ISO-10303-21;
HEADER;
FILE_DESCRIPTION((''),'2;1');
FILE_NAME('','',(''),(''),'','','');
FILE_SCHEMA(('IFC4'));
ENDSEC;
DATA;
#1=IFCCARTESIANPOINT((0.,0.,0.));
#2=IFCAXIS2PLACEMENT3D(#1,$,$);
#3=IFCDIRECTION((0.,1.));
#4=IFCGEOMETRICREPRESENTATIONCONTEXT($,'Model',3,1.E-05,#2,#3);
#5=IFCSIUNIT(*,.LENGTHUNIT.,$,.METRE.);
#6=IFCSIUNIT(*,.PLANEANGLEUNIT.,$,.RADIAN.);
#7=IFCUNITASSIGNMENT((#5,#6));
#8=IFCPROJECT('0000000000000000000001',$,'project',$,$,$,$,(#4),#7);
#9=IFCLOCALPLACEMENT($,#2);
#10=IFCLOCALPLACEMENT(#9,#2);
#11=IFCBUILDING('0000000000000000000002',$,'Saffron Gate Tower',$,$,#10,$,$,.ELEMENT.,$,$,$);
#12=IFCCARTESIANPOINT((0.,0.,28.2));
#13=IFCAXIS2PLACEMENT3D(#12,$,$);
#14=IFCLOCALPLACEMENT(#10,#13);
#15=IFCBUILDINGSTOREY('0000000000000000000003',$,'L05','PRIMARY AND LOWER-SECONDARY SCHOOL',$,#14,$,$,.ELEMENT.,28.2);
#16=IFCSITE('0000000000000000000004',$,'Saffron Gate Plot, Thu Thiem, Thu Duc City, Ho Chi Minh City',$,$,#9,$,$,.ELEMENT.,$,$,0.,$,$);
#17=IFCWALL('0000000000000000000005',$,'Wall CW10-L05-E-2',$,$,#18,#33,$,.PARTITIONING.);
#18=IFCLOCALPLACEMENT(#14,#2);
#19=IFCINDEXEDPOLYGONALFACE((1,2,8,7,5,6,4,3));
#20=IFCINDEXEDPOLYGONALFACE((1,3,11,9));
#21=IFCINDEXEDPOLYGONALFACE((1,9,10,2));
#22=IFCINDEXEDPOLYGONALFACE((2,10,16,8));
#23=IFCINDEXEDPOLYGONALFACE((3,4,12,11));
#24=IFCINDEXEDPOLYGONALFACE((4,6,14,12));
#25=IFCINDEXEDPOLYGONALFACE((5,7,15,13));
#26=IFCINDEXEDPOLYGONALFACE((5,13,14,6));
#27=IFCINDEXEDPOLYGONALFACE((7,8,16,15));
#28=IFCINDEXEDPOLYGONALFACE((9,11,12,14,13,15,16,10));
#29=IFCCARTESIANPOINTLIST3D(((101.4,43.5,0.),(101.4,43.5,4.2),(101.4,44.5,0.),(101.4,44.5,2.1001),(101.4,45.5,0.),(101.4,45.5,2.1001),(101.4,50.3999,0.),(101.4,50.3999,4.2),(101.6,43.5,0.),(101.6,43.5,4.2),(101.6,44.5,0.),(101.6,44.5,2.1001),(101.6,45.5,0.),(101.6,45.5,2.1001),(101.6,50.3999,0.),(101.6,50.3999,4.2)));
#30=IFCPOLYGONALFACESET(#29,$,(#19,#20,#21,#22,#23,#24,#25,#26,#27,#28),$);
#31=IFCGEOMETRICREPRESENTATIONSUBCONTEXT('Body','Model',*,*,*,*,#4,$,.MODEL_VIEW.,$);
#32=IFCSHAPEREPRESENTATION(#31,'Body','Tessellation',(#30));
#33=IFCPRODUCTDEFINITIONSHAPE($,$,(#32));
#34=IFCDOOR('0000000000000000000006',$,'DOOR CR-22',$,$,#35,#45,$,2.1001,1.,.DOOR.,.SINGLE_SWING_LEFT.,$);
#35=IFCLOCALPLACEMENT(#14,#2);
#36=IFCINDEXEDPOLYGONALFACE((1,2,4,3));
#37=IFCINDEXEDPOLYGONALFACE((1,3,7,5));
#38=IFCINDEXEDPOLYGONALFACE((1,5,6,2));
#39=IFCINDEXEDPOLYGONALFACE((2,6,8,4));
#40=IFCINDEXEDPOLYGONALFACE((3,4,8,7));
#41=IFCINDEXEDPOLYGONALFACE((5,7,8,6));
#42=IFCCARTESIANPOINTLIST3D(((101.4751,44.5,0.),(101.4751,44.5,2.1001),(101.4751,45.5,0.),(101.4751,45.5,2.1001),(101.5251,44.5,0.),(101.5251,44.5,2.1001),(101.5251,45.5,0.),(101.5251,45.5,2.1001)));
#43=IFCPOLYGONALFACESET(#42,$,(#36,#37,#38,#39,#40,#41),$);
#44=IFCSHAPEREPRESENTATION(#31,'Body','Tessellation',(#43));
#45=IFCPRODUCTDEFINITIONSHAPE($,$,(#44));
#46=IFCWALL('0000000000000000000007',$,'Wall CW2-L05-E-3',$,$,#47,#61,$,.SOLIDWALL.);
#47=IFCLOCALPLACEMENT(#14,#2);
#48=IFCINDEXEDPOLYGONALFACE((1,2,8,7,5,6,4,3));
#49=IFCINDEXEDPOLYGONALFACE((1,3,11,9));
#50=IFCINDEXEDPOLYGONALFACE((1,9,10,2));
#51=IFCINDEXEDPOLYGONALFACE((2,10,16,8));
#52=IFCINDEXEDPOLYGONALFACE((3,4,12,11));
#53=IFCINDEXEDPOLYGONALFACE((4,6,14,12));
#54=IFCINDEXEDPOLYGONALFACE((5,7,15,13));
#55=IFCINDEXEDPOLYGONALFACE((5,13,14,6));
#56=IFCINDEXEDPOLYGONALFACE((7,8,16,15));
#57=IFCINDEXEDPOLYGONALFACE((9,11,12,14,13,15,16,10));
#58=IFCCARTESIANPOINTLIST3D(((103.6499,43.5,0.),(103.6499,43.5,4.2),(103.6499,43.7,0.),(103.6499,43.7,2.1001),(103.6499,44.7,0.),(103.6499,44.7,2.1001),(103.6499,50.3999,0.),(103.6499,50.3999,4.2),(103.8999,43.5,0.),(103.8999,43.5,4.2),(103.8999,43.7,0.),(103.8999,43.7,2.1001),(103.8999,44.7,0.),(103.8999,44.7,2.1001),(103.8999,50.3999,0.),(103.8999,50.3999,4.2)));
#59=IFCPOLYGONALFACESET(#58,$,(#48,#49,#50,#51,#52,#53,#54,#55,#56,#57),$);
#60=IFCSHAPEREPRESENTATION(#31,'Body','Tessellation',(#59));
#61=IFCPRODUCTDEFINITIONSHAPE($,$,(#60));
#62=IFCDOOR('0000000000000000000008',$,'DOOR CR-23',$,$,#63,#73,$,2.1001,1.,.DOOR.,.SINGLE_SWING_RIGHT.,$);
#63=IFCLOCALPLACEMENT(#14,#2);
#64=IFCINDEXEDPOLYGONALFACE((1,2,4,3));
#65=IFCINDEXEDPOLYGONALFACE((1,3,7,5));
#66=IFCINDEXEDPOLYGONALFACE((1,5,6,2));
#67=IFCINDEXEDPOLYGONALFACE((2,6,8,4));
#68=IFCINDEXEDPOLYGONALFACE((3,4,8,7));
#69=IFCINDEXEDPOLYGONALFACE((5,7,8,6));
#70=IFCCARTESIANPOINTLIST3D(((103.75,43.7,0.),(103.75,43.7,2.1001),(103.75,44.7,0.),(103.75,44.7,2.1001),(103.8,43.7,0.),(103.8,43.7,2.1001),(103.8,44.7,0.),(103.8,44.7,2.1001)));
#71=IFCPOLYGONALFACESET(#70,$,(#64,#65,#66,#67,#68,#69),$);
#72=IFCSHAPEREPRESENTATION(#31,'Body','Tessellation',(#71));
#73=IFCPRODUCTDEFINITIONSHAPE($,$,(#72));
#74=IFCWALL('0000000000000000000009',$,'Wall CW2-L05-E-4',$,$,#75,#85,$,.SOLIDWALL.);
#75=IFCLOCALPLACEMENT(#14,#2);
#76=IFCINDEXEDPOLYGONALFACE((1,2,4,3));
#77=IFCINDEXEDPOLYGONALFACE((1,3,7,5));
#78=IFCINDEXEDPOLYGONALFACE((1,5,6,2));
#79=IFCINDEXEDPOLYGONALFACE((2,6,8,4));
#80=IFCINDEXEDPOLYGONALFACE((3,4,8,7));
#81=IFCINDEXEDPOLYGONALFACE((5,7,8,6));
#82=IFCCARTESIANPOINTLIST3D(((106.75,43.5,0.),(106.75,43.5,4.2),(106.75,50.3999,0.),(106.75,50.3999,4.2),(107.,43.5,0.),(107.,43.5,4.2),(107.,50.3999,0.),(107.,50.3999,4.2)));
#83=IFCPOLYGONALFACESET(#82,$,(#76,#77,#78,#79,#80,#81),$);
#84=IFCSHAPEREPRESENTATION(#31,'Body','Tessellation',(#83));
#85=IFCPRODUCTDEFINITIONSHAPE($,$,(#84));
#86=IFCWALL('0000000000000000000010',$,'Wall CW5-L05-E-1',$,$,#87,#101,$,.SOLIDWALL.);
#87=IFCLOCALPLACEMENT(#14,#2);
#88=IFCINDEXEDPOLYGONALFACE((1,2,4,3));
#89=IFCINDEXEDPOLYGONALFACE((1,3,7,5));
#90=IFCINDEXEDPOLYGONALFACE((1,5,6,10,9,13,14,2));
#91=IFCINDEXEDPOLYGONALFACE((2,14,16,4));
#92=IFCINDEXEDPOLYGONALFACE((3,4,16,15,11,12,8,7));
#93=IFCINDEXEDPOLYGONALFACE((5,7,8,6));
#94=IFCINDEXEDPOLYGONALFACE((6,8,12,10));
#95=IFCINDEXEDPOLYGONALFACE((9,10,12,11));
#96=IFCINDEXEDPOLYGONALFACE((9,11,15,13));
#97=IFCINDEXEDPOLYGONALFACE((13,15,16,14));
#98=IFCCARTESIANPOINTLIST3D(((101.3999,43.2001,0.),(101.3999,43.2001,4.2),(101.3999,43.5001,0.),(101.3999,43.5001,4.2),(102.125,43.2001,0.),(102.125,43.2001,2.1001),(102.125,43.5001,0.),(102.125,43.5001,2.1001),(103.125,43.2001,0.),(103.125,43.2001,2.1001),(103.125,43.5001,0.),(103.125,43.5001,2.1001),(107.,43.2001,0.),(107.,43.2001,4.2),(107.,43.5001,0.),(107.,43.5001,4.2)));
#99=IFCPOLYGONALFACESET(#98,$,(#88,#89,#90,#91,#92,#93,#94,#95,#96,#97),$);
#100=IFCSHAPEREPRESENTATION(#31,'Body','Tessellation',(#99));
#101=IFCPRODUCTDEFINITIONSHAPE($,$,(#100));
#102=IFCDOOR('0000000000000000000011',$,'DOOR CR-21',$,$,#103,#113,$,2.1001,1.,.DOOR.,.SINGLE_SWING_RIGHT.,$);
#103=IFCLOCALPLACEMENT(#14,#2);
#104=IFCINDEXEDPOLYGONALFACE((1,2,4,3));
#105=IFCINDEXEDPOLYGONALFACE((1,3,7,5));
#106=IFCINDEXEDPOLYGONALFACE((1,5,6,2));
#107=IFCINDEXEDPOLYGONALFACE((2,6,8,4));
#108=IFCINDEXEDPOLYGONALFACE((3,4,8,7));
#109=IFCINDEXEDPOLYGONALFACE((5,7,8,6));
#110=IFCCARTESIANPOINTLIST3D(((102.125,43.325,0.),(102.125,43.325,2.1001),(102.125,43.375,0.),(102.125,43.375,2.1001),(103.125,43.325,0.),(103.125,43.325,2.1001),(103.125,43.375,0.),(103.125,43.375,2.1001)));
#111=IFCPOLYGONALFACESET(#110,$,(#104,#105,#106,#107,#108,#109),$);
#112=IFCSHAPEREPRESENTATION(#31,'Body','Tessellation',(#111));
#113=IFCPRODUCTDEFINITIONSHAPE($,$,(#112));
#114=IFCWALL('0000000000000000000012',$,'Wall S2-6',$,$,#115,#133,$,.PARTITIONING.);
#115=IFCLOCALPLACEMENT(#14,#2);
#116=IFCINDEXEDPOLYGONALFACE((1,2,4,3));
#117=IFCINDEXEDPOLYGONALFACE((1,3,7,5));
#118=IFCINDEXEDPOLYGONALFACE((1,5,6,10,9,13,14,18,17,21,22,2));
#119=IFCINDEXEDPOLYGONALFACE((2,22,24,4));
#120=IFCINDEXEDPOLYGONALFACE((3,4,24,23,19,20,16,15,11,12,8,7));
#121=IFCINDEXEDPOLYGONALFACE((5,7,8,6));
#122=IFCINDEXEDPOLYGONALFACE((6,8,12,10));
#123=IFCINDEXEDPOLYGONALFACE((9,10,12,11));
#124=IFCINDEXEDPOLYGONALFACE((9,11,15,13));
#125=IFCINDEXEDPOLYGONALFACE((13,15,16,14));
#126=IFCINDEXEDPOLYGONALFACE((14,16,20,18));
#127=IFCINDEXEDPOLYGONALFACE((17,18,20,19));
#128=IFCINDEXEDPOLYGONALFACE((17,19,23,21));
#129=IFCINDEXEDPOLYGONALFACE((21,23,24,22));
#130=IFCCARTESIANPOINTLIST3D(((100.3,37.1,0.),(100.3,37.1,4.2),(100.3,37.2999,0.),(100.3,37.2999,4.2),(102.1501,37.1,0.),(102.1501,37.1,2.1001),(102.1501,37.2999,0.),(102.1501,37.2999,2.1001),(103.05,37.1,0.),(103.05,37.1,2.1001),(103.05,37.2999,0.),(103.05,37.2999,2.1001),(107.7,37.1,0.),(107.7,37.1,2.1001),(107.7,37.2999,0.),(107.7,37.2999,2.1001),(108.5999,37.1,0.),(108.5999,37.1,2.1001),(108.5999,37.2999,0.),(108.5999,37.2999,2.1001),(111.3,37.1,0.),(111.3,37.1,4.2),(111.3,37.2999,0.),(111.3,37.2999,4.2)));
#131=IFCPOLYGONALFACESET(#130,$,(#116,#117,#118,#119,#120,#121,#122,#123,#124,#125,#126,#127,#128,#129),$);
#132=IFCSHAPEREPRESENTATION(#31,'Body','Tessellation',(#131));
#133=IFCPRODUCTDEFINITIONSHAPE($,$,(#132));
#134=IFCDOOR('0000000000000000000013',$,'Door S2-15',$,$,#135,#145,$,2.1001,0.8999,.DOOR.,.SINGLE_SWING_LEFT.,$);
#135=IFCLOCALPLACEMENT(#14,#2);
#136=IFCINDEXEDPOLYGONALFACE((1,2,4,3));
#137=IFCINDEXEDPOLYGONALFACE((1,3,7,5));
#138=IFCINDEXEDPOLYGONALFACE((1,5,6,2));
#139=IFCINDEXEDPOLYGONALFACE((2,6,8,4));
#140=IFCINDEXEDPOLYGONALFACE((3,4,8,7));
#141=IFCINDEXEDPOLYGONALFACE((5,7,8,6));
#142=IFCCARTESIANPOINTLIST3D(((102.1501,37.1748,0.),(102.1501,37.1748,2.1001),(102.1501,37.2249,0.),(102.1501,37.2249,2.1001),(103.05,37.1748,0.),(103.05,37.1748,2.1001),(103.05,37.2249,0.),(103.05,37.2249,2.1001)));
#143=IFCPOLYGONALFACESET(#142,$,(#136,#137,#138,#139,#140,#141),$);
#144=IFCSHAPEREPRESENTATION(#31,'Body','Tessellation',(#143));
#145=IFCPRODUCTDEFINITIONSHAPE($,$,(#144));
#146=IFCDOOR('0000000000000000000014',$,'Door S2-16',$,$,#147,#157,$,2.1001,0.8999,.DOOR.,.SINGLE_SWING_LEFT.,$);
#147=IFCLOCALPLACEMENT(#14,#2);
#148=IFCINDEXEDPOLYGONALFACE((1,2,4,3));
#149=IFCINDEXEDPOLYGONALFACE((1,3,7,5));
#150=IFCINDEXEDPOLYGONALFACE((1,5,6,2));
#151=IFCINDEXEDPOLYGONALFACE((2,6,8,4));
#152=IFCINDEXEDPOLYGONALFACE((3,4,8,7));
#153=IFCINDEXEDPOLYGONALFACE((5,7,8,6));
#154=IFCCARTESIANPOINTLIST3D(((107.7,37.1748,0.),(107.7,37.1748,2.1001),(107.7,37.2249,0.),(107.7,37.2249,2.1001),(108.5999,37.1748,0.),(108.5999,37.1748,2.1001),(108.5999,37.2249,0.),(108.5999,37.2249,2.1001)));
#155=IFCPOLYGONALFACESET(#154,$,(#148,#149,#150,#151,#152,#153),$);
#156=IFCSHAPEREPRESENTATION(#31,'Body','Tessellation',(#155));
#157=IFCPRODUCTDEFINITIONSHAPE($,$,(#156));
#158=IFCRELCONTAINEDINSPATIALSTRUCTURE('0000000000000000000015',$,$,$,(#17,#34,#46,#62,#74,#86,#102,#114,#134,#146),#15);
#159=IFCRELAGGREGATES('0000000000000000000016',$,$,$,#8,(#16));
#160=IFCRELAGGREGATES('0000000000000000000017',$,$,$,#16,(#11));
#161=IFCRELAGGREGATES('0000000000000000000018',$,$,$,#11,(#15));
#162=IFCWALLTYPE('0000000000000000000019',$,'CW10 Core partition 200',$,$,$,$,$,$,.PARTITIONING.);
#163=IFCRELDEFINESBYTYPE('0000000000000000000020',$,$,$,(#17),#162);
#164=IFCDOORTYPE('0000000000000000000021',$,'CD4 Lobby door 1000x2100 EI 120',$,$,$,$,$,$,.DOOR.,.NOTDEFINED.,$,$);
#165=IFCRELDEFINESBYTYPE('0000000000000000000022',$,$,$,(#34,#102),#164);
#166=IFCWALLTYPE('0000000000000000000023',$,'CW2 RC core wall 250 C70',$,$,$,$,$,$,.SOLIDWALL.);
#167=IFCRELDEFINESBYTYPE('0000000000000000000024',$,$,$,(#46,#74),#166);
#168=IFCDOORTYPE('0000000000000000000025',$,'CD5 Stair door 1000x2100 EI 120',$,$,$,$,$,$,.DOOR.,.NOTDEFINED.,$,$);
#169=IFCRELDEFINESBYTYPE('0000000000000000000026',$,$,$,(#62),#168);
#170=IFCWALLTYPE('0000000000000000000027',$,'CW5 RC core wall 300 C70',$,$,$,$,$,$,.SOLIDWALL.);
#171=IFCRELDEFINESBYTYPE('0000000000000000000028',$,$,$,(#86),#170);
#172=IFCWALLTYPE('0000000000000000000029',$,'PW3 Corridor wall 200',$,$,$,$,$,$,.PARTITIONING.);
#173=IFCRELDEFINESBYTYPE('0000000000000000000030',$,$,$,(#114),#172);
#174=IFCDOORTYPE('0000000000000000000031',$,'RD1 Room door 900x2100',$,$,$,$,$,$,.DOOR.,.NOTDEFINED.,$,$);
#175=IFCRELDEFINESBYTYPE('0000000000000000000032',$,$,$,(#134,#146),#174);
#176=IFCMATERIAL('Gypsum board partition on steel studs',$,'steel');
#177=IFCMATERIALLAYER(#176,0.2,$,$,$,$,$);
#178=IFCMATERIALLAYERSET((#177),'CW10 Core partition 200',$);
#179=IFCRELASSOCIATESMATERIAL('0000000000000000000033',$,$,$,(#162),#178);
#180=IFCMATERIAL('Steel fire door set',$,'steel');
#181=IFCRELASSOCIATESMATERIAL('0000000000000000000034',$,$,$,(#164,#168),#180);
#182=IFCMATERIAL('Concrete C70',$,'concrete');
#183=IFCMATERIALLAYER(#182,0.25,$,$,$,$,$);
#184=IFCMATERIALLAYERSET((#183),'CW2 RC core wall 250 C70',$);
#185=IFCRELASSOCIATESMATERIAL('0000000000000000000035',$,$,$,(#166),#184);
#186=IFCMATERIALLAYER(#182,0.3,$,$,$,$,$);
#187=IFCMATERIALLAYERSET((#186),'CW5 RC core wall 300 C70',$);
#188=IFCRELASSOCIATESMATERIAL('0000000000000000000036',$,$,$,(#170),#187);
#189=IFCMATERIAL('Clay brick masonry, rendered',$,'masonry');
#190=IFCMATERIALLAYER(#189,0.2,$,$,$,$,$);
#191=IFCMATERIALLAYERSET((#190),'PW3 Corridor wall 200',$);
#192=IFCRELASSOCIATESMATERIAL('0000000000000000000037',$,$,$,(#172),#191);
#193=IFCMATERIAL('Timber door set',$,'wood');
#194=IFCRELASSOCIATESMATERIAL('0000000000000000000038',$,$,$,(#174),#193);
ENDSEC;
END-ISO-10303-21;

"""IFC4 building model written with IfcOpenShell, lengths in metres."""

from ifc_helpers import new_model, si_unit, direction, frame, frame_2d, origin, place, context, subcontext, project, spatial, rectangle, extrude, material, layer, layer_set, type_object, element, fill, save


model = new_model("IFC4")

# Units and contexts
model_context = context("Model", 3, precision=1e-05, world=origin(), true_north=direction((0.0, 1.0)))
body_context = subcontext(model_context, "Body", "Model", "MODEL_VIEW")
ifc_project = project(units=[si_unit("LENGTHUNIT", "METRE"), si_unit("PLANEANGLEUNIT", "RADIAN")], contexts=[model_context])

# Site, building, storey
site_placement = place(None, origin())
site = spatial("IfcSite", under=ifc_project, at=site_placement, Name="Saffron Gate Plot, Thu Thiem, Thu Duc City, Ho Chi Minh City", CompositionType="ELEMENT", RefElevation=0.0)
building_placement = place(site_placement, origin())
building = spatial("IfcBuilding", under=site, at=building_placement, Name="Saffron Gate Tower", CompositionType="ELEMENT")
storey_placement = place(building_placement, frame((0.0, 0.0, 28.2)))
storey = spatial("IfcBuildingStorey", under=building, at=storey_placement, Name="L05", Description="PRIMARY AND LOWER-SECONDARY SCHOOL", CompositionType="ELEMENT", Elevation=28.2)

# Walls, openings, doors
ifc_material_1 = material(Name="Gypsum board partition on steel studs", Category="steel")
ifc_layer_1 = layer(ifc_material_1, 0.2)
ifc_layer_set_1 = layer_set([ifc_layer_1], Name="CW10 Core partition 200")
wall_type_1 = type_object("IfcWallType", Name="CW10 Core partition 200", PredefinedType="PARTITIONING", material=ifc_layer_set_1)
wall_1_placement = place(storey_placement, frame((101.5, 43.5, 0.0), z_axis=(0.0, 0.0, 1.0), x_axis=(0.0, 1.0, 0.0)))
wall_1 = element("IfcWall", 1, at=wall_1_placement, inside=storey, type_object=wall_type_1, Name="Wall CW10-L05-E-2", PredefinedType="PARTITIONING", context=body_context, shape_type="SweptSolid", body=[
    extrude(rectangle(XDim=6.8999, YDim=0.2, at=frame_2d((3.45, 0.0))), origin(), (0.0, 0.0, 1.0), 4.2),
])
opening_1_placement = place(wall_1_placement, frame((1.0, 0.0, 0.0)))
opening_1 = element("IfcOpeningElement", 2, at=opening_1_placement, cuts=wall_1, PredefinedType="OPENING", context=body_context, shape_type="SweptSolid", body=[
    extrude(rectangle(XDim=1.0, YDim=2.1001, at=frame_2d((0.5, 1.05))), frame((0.0, 0.1099, 0.0), z_axis=(0.0, -1.0, 0.0), x_axis=(1.0, 0.0, 0.0)), (0.0, 0.0, 1.0), 0.22),
])
ifc_material_2 = material(Name="Steel fire door set", Category="steel")
door_type_1 = type_object("IfcDoorType", Name="CD4 Lobby door 1000x2100 EI 120", OperationType="NOTDEFINED", PredefinedType="DOOR", material=ifc_material_2)
door_1_placement = place(opening_1_placement, origin())
door_1 = element("IfcDoor", 3, at=door_1_placement, inside=storey, type_object=door_type_1, Name="DOOR CR-22", OperationType="SINGLE_SWING_LEFT", OverallHeight=2.1001, OverallWidth=1.0, PredefinedType="DOOR", context=body_context, shape_type="SweptSolid", body=[
    extrude(rectangle(XDim=1.0, YDim=2.1001, at=frame_2d((0.5, 1.05))), frame((0.0, 0.0249, 0.0), z_axis=(0.0, -1.0, 0.0), x_axis=(1.0, 0.0, 0.0)), (0.0, 0.0, 1.0), 0.05),
])
fill(opening_1, door_1)
ifc_material_3 = material(Name="Concrete C70", Category="concrete")
ifc_layer_2 = layer(ifc_material_3, 0.25)
ifc_layer_set_2 = layer_set([ifc_layer_2], Name="CW2 RC core wall 250 C70")
wall_type_2 = type_object("IfcWallType", Name="CW2 RC core wall 250 C70", PredefinedType="SOLIDWALL", material=ifc_layer_set_2)
wall_2_placement = place(storey_placement, frame((103.7749, 43.5, 0.0), z_axis=(0.0, 0.0, 1.0), x_axis=(0.0, 1.0, 0.0)))
wall_2 = element("IfcWall", 4, at=wall_2_placement, inside=storey, type_object=wall_type_2, Name="Wall CW2-L05-E-3", PredefinedType="SOLIDWALL", context=body_context, shape_type="SweptSolid", body=[
    extrude(rectangle(XDim=6.8999, YDim=0.25, at=frame_2d((3.45, 0.0))), origin(), (0.0, 0.0, 1.0), 4.2),
])
opening_2_placement = place(wall_2_placement, frame((0.2, 0.0, 0.0)))
opening_2 = element("IfcOpeningElement", 5, at=opening_2_placement, cuts=wall_2, PredefinedType="OPENING", context=body_context, shape_type="SweptSolid", body=[
    extrude(rectangle(XDim=1.0, YDim=2.1001, at=frame_2d((0.5, 1.05))), frame((0.0, 0.135, 0.0), z_axis=(0.0, -1.0, 0.0), x_axis=(1.0, 0.0, 0.0)), (0.0, 0.0, 1.0), 0.27),
])
door_type_2 = type_object("IfcDoorType", Name="CD5 Stair door 1000x2100 EI 120", OperationType="NOTDEFINED", PredefinedType="DOOR", material=ifc_material_2)
door_2_placement = place(opening_2_placement, origin())
door_2 = element("IfcDoor", 6, at=door_2_placement, inside=storey, type_object=door_type_2, Name="DOOR CR-23", OperationType="SINGLE_SWING_RIGHT", OverallHeight=2.1001, OverallWidth=1.0, PredefinedType="DOOR", context=body_context, shape_type="SweptSolid", body=[
    extrude(rectangle(XDim=1.0, YDim=2.1001, at=frame_2d((0.5, 1.05))), frame((0.0, 0.0249, 0.0), z_axis=(0.0, -1.0, 0.0), x_axis=(1.0, 0.0, 0.0)), (0.0, 0.0, 1.0), 0.05),
])
fill(opening_2, door_2)

# Wall
wall_3_placement = place(storey_placement, frame((106.875, 43.5, 0.0), z_axis=(0.0, 0.0, 1.0), x_axis=(0.0, 1.0, 0.0)))
element("IfcWall", 7, at=wall_3_placement, inside=storey, type_object=wall_type_2, Name="Wall CW2-L05-E-4", PredefinedType="SOLIDWALL", context=body_context, shape_type="SweptSolid", body=[
    extrude(rectangle(XDim=6.8999, YDim=0.25, at=frame_2d((3.45, 0.0))), origin(), (0.0, 0.0, 1.0), 4.2),
])

# Wall, opening, door
ifc_layer_3 = layer(ifc_material_3, 0.3)
ifc_layer_set_3 = layer_set([ifc_layer_3], Name="CW5 RC core wall 300 C70")
wall_type_3 = type_object("IfcWallType", Name="CW5 RC core wall 300 C70", PredefinedType="SOLIDWALL", material=ifc_layer_set_3)
wall_4_placement = place(storey_placement, frame((101.3999, 43.3501, 0.0), z_axis=(0.0, 0.0, 1.0), x_axis=(1.0, 0.0, 0.0)))
wall_4 = element("IfcWall", 8, at=wall_4_placement, inside=storey, type_object=wall_type_3, Name="Wall CW5-L05-E-1", PredefinedType="SOLIDWALL", context=body_context, shape_type="SweptSolid", body=[
    extrude(rectangle(XDim=5.6001, YDim=0.3, at=frame_2d((2.8, 0.0))), origin(), (0.0, 0.0, 1.0), 4.2),
])
opening_3_placement = place(wall_4_placement, frame((0.7251, 0.0, 0.0)))
opening_3 = element("IfcOpeningElement", 9, at=opening_3_placement, cuts=wall_4, PredefinedType="OPENING", context=body_context, shape_type="SweptSolid", body=[
    extrude(rectangle(XDim=1.0, YDim=2.1001, at=frame_2d((0.5, 1.05))), frame((0.0, 0.1602, 0.0), z_axis=(0.0, -1.0, 0.0), x_axis=(1.0, 0.0, 0.0)), (0.0, 0.0, 1.0), 0.3201),
])
door_3_placement = place(opening_3_placement, origin())
door_3 = element("IfcDoor", 10, at=door_3_placement, inside=storey, type_object=door_type_1, Name="DOOR CR-21", OperationType="SINGLE_SWING_RIGHT", OverallHeight=2.1001, OverallWidth=1.0, PredefinedType="DOOR", context=body_context, shape_type="SweptSolid", body=[
    extrude(rectangle(XDim=1.0, YDim=2.1001, at=frame_2d((0.5, 1.05))), frame((0.0, 0.0249, 0.0), z_axis=(0.0, -1.0, 0.0), x_axis=(1.0, 0.0, 0.0)), (0.0, 0.0, 1.0), 0.05),
])
fill(opening_3, door_3)

# Wall, openings, doors
ifc_material_4 = material(Name="Clay brick masonry, rendered", Category="masonry")
ifc_layer_4 = layer(ifc_material_4, 0.2)
ifc_layer_set_4 = layer_set([ifc_layer_4], Name="PW3 Corridor wall 200")
wall_type_4 = type_object("IfcWallType", Name="PW3 Corridor wall 200", PredefinedType="PARTITIONING", material=ifc_layer_set_4)
wall_5_placement = place(storey_placement, frame((100.3, 37.2, 0.0), z_axis=(0.0, 0.0, 1.0), x_axis=(1.0, 0.0, 0.0)))
wall_5 = element("IfcWall", 11, at=wall_5_placement, inside=storey, type_object=wall_type_4, Name="Wall S2-6", PredefinedType="PARTITIONING", context=body_context, shape_type="SweptSolid", body=[
    extrude(rectangle(XDim=11.0, YDim=0.2, at=frame_2d((5.5, 0.0))), origin(), (0.0, 0.0, 1.0), 4.2),
])
opening_4_placement = place(wall_5_placement, frame((1.8501, 0.0, 0.0)))
opening_4 = element("IfcOpeningElement", 12, at=opening_4_placement, cuts=wall_5, PredefinedType="OPENING", context=body_context, shape_type="SweptSolid", body=[
    extrude(rectangle(XDim=0.8999, YDim=2.1001, at=frame_2d((0.45, 1.05))), frame((0.0, 0.1099, 0.0), z_axis=(0.0, -1.0, 0.0), x_axis=(1.0, 0.0, 0.0)), (0.0, 0.0, 1.0), 0.22),
])
opening_5_placement = place(wall_5_placement, frame((7.3999, 0.0, 0.0)))
opening_5 = element("IfcOpeningElement", 13, at=opening_5_placement, cuts=wall_5, PredefinedType="OPENING", context=body_context, shape_type="SweptSolid", body=[
    extrude(rectangle(XDim=0.8999, YDim=2.1001, at=frame_2d((0.45, 1.05))), frame((0.0, 0.1099, 0.0), z_axis=(0.0, -1.0, 0.0), x_axis=(1.0, 0.0, 0.0)), (0.0, 0.0, 1.0), 0.22),
])
ifc_material_5 = material(Name="Timber door set", Category="wood")
door_type_3 = type_object("IfcDoorType", Name="RD1 Room door 900x2100", OperationType="NOTDEFINED", PredefinedType="DOOR", material=ifc_material_5)
door_4_placement = place(opening_4_placement, origin())
door_4 = element("IfcDoor", 14, at=door_4_placement, inside=storey, type_object=door_type_3, Name="Door S2-15", OperationType="SINGLE_SWING_LEFT", OverallHeight=2.1001, OverallWidth=0.8999, PredefinedType="DOOR", context=body_context, shape_type="SweptSolid", body=[
    extrude(rectangle(XDim=0.8999, YDim=2.1001, at=frame_2d((0.45, 1.05))), frame((0.0, 0.0249, 0.0), z_axis=(0.0, -1.0, 0.0), x_axis=(1.0, 0.0, 0.0)), (0.0, 0.0, 1.0), 0.05),
])
fill(opening_4, door_4)
door_5_placement = place(opening_5_placement, origin())
door_5 = element("IfcDoor", 15, at=door_5_placement, inside=storey, type_object=door_type_3, Name="Door S2-16", OperationType="SINGLE_SWING_LEFT", OverallHeight=2.1001, OverallWidth=0.8999, PredefinedType="DOOR", context=body_context, shape_type="SweptSolid", body=[
    extrude(rectangle(XDim=0.8999, YDim=2.1001, at=frame_2d((0.45, 1.05))), frame((0.0, 0.0249, 0.0), z_axis=(0.0, -1.0, 0.0), x_axis=(1.0, 0.0, 0.0)), (0.0, 0.0, 1.0), 0.05),
])
fill(opening_5, door_5)

save(model, "model.ifc")
